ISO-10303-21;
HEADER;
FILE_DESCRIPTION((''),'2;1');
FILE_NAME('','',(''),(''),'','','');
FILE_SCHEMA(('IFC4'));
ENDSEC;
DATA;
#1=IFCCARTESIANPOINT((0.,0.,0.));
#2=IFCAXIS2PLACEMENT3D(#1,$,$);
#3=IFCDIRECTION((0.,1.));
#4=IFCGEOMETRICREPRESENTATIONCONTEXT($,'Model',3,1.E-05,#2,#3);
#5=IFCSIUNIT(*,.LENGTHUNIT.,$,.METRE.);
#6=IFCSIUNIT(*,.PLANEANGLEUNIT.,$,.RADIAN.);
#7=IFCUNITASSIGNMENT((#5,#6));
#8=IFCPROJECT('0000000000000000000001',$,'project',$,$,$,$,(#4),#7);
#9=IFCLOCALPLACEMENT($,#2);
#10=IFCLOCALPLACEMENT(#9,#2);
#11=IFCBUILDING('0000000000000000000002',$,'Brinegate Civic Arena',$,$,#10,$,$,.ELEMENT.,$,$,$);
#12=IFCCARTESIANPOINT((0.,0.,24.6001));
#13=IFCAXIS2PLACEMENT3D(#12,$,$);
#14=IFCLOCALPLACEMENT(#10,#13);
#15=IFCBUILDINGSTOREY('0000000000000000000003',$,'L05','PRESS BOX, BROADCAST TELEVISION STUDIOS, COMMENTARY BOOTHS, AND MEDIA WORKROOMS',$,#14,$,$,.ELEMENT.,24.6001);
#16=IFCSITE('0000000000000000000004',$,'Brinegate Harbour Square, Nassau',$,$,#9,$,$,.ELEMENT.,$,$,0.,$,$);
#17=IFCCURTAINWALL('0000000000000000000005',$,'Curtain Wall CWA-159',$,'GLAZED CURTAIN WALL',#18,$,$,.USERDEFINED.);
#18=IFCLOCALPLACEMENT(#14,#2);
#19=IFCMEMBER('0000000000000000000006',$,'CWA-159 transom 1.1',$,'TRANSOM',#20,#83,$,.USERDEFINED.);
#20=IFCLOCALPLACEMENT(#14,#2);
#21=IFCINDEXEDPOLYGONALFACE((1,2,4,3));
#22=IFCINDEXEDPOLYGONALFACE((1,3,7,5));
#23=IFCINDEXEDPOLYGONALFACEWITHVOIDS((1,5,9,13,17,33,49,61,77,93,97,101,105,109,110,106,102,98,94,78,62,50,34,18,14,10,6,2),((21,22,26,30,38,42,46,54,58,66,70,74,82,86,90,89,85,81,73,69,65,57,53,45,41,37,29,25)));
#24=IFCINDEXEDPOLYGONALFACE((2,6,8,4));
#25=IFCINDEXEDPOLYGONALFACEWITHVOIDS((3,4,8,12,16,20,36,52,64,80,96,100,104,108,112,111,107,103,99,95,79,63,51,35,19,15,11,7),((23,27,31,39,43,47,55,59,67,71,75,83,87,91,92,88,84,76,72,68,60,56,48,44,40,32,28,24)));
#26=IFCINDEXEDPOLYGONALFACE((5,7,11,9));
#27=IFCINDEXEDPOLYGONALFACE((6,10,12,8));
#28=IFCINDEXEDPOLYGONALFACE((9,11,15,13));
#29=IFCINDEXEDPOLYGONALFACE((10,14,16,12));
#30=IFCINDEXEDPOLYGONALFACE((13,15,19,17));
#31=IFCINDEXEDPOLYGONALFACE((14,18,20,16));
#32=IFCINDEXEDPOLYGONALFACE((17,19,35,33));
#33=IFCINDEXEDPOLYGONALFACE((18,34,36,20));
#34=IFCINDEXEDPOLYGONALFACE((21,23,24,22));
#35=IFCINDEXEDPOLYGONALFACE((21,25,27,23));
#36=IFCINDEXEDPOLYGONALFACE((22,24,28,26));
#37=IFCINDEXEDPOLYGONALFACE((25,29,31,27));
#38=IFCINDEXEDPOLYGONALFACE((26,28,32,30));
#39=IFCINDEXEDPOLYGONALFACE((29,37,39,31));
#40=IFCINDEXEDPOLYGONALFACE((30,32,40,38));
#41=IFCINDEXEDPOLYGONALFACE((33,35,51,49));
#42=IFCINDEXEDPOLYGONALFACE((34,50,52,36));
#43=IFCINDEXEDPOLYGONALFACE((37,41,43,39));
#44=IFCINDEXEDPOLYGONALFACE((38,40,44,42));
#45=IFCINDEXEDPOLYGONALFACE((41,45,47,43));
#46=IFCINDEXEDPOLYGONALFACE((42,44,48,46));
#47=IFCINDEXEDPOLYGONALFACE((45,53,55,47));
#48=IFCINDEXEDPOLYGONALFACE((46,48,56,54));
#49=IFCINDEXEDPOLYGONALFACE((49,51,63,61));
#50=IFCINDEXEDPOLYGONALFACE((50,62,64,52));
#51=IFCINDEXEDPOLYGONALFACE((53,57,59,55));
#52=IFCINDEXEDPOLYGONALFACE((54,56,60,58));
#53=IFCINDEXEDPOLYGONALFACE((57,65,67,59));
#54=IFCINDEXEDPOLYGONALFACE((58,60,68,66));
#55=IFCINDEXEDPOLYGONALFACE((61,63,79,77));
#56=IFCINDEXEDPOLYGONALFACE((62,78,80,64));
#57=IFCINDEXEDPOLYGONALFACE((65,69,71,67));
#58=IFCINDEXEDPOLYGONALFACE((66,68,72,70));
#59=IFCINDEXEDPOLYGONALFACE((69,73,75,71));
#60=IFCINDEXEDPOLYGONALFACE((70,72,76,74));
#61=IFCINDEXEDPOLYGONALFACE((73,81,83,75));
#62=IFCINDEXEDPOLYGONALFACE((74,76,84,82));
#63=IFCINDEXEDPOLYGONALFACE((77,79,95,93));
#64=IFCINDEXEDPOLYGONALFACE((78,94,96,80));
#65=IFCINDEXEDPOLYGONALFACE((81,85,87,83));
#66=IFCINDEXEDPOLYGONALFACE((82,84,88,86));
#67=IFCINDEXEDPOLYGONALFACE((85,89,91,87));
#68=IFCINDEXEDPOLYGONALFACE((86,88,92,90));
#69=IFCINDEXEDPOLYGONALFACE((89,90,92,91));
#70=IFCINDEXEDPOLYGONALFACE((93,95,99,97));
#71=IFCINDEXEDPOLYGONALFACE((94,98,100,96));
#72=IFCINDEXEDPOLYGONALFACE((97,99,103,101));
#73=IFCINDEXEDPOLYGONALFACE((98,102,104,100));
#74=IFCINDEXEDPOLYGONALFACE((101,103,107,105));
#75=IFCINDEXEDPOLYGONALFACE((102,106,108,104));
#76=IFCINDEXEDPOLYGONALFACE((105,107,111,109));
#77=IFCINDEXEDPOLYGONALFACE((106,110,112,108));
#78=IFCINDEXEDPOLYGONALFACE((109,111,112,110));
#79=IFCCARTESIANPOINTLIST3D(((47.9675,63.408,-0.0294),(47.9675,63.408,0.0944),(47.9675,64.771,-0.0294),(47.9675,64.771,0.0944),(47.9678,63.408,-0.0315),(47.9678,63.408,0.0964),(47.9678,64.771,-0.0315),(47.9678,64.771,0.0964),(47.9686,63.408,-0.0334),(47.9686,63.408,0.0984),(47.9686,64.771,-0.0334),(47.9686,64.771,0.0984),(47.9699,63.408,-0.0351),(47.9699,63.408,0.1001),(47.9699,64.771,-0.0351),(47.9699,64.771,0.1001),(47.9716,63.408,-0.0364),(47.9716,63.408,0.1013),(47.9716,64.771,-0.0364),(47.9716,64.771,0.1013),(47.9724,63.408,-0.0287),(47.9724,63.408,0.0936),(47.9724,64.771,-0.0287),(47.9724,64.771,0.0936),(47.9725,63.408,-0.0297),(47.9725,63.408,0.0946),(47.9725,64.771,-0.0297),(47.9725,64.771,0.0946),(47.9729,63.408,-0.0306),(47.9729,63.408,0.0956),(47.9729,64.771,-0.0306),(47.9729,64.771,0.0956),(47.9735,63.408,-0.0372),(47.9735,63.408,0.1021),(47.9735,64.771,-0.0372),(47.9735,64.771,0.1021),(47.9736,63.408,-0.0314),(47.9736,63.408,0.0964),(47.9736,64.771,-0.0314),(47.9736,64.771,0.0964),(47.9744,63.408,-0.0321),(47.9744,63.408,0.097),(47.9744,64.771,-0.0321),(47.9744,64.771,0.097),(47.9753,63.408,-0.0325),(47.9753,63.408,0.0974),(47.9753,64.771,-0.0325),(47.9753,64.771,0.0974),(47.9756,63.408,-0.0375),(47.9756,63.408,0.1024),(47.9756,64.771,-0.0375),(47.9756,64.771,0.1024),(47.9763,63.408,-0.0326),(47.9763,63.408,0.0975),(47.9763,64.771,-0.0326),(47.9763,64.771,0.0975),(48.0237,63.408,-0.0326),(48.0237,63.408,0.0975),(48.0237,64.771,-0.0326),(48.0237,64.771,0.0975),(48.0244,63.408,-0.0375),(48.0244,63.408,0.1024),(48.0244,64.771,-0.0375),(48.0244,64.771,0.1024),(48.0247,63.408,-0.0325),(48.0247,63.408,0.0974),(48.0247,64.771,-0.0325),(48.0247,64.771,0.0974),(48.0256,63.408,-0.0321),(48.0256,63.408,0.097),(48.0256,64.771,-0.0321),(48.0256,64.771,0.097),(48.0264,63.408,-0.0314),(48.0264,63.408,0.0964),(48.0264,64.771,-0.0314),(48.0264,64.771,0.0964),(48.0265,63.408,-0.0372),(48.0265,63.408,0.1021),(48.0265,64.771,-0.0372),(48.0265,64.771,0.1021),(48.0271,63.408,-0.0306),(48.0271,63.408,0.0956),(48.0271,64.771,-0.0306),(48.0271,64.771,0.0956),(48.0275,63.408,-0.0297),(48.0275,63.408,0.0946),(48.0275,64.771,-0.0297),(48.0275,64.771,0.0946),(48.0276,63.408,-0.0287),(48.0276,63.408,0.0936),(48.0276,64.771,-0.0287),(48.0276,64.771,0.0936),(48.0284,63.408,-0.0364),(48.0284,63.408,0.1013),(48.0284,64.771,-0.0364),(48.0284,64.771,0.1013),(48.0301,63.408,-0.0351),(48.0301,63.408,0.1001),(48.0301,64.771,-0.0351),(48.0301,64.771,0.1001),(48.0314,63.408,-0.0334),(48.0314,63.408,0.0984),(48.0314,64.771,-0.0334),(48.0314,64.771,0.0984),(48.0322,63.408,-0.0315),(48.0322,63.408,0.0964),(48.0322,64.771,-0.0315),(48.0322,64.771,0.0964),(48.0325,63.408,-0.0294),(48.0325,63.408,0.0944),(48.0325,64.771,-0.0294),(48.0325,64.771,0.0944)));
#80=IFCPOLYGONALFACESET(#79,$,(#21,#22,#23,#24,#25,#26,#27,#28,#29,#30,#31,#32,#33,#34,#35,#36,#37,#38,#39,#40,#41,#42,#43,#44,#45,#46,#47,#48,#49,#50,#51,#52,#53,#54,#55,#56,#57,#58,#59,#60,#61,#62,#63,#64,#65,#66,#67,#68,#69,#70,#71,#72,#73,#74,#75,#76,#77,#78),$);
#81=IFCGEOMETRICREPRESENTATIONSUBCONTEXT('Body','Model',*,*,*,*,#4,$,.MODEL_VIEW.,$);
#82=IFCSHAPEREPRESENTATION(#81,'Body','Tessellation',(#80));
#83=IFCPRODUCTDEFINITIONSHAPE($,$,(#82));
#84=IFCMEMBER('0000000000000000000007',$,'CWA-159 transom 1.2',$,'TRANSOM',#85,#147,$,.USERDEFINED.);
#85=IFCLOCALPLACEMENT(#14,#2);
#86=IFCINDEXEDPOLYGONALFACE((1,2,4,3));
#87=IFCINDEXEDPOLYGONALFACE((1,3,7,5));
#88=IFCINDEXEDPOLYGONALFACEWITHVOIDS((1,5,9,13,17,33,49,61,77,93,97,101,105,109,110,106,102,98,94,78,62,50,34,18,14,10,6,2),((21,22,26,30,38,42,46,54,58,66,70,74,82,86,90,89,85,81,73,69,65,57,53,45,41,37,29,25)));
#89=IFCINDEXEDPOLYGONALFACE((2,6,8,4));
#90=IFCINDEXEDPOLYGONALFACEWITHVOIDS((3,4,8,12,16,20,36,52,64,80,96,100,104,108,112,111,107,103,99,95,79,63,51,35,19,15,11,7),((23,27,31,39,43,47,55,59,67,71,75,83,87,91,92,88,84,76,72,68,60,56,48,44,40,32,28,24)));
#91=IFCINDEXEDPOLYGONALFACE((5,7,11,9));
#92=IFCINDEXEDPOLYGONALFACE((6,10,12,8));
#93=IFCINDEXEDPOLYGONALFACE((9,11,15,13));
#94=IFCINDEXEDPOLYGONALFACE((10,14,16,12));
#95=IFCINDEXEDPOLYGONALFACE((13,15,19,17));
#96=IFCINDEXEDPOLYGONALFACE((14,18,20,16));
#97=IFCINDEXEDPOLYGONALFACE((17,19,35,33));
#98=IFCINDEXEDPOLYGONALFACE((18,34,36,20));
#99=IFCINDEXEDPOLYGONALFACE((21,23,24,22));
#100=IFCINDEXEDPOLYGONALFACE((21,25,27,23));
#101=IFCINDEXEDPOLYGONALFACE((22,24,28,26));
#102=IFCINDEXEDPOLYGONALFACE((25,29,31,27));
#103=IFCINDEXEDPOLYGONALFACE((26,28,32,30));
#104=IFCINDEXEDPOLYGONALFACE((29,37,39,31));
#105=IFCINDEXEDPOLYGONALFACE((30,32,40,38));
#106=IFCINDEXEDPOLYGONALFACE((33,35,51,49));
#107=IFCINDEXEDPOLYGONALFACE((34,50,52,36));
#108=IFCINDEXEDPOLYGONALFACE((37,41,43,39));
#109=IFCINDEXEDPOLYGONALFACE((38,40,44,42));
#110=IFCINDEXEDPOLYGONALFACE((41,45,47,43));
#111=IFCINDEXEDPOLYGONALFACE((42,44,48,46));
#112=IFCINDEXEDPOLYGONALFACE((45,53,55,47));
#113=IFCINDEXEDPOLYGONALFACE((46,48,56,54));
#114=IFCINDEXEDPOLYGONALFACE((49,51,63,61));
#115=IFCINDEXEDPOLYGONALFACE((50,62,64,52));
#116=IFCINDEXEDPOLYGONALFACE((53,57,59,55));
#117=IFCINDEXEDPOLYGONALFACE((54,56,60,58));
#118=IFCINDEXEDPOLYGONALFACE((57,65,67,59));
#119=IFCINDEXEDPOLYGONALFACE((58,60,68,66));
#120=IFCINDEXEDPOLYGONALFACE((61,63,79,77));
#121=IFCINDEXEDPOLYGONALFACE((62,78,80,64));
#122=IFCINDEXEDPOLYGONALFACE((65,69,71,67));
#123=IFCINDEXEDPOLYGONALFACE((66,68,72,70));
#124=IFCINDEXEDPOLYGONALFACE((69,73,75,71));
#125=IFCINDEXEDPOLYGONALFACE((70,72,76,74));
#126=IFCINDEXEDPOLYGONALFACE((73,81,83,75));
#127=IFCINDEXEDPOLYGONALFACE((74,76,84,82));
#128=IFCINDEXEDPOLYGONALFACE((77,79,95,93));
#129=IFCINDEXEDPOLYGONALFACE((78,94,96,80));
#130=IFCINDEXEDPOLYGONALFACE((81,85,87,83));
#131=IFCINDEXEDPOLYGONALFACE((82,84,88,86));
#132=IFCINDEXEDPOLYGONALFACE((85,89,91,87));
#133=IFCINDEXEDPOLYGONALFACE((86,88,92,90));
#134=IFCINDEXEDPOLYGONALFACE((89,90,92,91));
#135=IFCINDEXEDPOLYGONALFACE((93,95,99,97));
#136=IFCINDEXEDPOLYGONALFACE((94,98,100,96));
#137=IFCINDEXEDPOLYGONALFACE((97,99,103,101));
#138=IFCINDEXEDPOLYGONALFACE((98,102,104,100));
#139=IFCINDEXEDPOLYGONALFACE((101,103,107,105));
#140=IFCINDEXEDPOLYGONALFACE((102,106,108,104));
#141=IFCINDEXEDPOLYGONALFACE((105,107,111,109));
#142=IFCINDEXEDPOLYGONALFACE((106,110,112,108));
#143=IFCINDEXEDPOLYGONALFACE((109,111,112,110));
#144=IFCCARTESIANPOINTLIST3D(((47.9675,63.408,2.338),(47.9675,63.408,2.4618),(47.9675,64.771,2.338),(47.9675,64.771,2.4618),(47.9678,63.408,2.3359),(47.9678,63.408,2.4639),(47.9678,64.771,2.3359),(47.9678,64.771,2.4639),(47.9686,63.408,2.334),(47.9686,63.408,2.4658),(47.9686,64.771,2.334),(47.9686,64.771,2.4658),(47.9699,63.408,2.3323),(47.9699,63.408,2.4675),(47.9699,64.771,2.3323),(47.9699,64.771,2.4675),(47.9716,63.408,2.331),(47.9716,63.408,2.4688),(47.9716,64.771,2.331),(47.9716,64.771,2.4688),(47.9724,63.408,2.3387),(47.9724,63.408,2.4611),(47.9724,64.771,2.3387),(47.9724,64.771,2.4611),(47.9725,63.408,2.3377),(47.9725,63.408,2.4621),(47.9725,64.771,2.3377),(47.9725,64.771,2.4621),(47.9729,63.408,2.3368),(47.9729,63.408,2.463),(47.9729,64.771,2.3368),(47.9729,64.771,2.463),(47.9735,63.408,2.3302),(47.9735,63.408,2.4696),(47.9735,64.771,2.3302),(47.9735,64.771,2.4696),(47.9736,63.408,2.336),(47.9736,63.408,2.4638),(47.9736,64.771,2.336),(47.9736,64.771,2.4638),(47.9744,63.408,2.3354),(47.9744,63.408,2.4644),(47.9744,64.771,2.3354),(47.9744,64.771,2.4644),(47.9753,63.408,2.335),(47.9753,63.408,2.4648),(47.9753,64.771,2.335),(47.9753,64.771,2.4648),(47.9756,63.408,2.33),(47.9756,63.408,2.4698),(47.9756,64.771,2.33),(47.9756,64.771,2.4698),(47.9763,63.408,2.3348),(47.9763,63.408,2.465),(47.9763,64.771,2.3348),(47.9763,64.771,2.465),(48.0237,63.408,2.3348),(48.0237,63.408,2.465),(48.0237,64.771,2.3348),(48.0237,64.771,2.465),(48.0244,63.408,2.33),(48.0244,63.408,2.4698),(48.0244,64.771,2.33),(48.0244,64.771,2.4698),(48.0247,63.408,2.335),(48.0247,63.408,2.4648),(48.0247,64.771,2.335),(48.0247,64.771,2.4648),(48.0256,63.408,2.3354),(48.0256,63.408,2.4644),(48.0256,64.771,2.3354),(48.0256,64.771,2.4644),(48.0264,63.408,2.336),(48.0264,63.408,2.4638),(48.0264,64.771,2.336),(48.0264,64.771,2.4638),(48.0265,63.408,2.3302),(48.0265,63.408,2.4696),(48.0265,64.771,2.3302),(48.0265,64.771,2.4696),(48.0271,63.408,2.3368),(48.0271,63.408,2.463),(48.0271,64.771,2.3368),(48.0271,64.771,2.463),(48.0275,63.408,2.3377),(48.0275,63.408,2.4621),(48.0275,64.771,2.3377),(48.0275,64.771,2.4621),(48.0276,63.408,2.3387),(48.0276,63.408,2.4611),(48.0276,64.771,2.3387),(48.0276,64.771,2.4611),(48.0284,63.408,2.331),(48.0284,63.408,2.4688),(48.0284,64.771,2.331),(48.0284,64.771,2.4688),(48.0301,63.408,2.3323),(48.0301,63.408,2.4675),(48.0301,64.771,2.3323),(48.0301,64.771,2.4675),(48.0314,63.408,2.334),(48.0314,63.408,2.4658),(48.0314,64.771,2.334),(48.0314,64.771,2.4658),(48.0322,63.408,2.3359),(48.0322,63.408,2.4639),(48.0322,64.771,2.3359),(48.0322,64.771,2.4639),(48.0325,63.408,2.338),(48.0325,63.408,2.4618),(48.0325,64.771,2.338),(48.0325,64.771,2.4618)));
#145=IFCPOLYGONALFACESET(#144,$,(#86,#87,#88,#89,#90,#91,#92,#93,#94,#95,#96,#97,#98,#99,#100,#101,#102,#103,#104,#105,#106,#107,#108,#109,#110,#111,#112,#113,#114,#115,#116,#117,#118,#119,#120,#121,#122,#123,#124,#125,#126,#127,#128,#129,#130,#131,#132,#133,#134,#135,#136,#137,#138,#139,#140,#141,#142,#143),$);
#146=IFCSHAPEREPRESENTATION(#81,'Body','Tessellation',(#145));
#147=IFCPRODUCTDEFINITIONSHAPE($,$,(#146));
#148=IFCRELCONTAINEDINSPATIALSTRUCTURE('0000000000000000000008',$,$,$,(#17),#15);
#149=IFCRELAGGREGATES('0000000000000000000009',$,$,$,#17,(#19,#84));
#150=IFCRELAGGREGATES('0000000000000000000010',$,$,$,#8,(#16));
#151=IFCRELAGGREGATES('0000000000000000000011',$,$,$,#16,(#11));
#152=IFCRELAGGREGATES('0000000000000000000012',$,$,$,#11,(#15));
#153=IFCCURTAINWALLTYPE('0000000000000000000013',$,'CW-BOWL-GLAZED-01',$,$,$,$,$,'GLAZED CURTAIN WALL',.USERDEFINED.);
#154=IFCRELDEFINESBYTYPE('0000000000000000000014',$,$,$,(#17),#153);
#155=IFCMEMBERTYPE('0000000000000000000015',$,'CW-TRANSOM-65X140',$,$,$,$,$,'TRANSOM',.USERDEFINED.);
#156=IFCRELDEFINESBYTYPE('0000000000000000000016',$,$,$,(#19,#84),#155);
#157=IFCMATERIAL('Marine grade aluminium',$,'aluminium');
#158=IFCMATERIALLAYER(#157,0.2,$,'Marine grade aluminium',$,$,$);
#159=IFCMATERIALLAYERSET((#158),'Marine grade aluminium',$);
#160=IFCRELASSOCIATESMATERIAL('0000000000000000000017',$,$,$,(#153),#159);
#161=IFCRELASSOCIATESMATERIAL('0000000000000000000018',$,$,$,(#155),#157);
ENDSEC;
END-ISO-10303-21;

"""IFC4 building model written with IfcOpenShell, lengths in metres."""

from ifc_helpers import new_model, si_unit, direction, frame, origin, origin_2d, place, context, subcontext, project, spatial, hollow_rectangle, extrude, material, layer, layer_set, material_profile, profile_set, type_object, element, aggregate, save


model = new_model("IFC4")

# Units and contexts
model_context = context("Model", 3, precision=1e-05, world=origin(), true_north=direction((0.0, 1.0)))
body_context = subcontext(model_context, "Body", "Model", "MODEL_VIEW")
ifc_project = project(units=[si_unit("LENGTHUNIT", "METRE"), si_unit("PLANEANGLEUNIT", "RADIAN")], contexts=[model_context])

# Site, building, storey
site_placement = place(None, origin())
site = spatial("IfcSite", under=ifc_project, at=site_placement, Name="Brinegate Harbour Square, Nassau", CompositionType="ELEMENT", RefElevation=0.0)
building_placement = place(site_placement, origin())
building = spatial("IfcBuilding", under=site, at=building_placement, Name="Brinegate Civic Arena", CompositionType="ELEMENT")
storey_placement = place(building_placement, frame((0.0, 0.0, 24.6001)))
storey = spatial("IfcBuildingStorey", under=building, at=storey_placement, Name="L05", Description="PRESS BOX, BROADCAST TELEVISION STUDIOS, COMMENTARY BOOTHS, AND MEDIA WORKROOMS", CompositionType="ELEMENT", Elevation=24.6001)

# Shared definitions
ifc_material_1 = material(Name="Marine grade aluminium", Category="aluminium")
ifc_layer_1 = layer(ifc_material_1, 0.2, Name="Marine grade aluminium")
ifc_layer_set_1 = layer_set([ifc_layer_1], Name="Marine grade aluminium")
curtain_wall_type = type_object("IfcCurtainWallType", Name="CW-BOWL-GLAZED-01", ElementType="GLAZED CURTAIN WALL", PredefinedType="USERDEFINED", material=ifc_layer_set_1)

# Curtain wall, members
curtain_wall_1_placement = place(storey_placement, origin())
curtain_wall_1 = element("IfcCurtainWall", 1, at=curtain_wall_1_placement, inside=storey, type_object=curtain_wall_type, Name="Curtain Wall CWA-159", ObjectType="GLAZED CURTAIN WALL", PredefinedType="USERDEFINED")
ifc_material_profile_1 = material_profile(ifc_material_1, hollow_rectangle(XDim=0.0649, YDim=0.1399, WallThickness=0.0049, InnerFilletRadius=0.0039, OuterFilletRadius=0.0081, at=origin_2d()), Name="TRN65X140")
ifc_profile_set_1 = profile_set([ifc_material_profile_1], Name="Marine grade aluminium")
member_type_1 = type_object("IfcMemberType", Name="CW-TRANSOM-65X140", ElementType="TRANSOM", PredefinedType="USERDEFINED", material=ifc_profile_set_1)
member_1_placement = place(storey_placement, frame((48.0, 63.408, 0.0325), z_axis=(0.0, 1.0, 0.0), x_axis=(-1.0, 0.0, 0.0)))
member_1 = element("IfcMember", 2, at=member_1_placement, type_object=member_type_1, Name="CWA-159 transom 1.1", ObjectType="TRANSOM", PredefinedType="USERDEFINED", context=body_context, shape_type="SweptSolid", body=[
    extrude(hollow_rectangle(XDim=0.0649, YDim=0.1399, WallThickness=0.0049, InnerFilletRadius=0.0039, OuterFilletRadius=0.0081, at=origin_2d()), origin(), (0.0, 0.0, 1.0), 1.363),
])
member_2_placement = place(storey_placement, frame((48.0, 63.408, 2.3999), z_axis=(0.0, 1.0, 0.0), x_axis=(-1.0, 0.0, 0.0)))
member_2 = element("IfcMember", 3, at=member_2_placement, type_object=member_type_1, Name="CWA-159 transom 1.2", ObjectType="TRANSOM", PredefinedType="USERDEFINED", context=body_context, shape_type="SweptSolid", body=[
    extrude(hollow_rectangle(XDim=0.0649, YDim=0.1399, WallThickness=0.0049, InnerFilletRadius=0.0039, OuterFilletRadius=0.0081, at=origin_2d()), origin(), (0.0, 0.0, 1.0), 1.363),
])

aggregate(curtain_wall_1, [member_1, member_2])

save(model, "model.ifc")
